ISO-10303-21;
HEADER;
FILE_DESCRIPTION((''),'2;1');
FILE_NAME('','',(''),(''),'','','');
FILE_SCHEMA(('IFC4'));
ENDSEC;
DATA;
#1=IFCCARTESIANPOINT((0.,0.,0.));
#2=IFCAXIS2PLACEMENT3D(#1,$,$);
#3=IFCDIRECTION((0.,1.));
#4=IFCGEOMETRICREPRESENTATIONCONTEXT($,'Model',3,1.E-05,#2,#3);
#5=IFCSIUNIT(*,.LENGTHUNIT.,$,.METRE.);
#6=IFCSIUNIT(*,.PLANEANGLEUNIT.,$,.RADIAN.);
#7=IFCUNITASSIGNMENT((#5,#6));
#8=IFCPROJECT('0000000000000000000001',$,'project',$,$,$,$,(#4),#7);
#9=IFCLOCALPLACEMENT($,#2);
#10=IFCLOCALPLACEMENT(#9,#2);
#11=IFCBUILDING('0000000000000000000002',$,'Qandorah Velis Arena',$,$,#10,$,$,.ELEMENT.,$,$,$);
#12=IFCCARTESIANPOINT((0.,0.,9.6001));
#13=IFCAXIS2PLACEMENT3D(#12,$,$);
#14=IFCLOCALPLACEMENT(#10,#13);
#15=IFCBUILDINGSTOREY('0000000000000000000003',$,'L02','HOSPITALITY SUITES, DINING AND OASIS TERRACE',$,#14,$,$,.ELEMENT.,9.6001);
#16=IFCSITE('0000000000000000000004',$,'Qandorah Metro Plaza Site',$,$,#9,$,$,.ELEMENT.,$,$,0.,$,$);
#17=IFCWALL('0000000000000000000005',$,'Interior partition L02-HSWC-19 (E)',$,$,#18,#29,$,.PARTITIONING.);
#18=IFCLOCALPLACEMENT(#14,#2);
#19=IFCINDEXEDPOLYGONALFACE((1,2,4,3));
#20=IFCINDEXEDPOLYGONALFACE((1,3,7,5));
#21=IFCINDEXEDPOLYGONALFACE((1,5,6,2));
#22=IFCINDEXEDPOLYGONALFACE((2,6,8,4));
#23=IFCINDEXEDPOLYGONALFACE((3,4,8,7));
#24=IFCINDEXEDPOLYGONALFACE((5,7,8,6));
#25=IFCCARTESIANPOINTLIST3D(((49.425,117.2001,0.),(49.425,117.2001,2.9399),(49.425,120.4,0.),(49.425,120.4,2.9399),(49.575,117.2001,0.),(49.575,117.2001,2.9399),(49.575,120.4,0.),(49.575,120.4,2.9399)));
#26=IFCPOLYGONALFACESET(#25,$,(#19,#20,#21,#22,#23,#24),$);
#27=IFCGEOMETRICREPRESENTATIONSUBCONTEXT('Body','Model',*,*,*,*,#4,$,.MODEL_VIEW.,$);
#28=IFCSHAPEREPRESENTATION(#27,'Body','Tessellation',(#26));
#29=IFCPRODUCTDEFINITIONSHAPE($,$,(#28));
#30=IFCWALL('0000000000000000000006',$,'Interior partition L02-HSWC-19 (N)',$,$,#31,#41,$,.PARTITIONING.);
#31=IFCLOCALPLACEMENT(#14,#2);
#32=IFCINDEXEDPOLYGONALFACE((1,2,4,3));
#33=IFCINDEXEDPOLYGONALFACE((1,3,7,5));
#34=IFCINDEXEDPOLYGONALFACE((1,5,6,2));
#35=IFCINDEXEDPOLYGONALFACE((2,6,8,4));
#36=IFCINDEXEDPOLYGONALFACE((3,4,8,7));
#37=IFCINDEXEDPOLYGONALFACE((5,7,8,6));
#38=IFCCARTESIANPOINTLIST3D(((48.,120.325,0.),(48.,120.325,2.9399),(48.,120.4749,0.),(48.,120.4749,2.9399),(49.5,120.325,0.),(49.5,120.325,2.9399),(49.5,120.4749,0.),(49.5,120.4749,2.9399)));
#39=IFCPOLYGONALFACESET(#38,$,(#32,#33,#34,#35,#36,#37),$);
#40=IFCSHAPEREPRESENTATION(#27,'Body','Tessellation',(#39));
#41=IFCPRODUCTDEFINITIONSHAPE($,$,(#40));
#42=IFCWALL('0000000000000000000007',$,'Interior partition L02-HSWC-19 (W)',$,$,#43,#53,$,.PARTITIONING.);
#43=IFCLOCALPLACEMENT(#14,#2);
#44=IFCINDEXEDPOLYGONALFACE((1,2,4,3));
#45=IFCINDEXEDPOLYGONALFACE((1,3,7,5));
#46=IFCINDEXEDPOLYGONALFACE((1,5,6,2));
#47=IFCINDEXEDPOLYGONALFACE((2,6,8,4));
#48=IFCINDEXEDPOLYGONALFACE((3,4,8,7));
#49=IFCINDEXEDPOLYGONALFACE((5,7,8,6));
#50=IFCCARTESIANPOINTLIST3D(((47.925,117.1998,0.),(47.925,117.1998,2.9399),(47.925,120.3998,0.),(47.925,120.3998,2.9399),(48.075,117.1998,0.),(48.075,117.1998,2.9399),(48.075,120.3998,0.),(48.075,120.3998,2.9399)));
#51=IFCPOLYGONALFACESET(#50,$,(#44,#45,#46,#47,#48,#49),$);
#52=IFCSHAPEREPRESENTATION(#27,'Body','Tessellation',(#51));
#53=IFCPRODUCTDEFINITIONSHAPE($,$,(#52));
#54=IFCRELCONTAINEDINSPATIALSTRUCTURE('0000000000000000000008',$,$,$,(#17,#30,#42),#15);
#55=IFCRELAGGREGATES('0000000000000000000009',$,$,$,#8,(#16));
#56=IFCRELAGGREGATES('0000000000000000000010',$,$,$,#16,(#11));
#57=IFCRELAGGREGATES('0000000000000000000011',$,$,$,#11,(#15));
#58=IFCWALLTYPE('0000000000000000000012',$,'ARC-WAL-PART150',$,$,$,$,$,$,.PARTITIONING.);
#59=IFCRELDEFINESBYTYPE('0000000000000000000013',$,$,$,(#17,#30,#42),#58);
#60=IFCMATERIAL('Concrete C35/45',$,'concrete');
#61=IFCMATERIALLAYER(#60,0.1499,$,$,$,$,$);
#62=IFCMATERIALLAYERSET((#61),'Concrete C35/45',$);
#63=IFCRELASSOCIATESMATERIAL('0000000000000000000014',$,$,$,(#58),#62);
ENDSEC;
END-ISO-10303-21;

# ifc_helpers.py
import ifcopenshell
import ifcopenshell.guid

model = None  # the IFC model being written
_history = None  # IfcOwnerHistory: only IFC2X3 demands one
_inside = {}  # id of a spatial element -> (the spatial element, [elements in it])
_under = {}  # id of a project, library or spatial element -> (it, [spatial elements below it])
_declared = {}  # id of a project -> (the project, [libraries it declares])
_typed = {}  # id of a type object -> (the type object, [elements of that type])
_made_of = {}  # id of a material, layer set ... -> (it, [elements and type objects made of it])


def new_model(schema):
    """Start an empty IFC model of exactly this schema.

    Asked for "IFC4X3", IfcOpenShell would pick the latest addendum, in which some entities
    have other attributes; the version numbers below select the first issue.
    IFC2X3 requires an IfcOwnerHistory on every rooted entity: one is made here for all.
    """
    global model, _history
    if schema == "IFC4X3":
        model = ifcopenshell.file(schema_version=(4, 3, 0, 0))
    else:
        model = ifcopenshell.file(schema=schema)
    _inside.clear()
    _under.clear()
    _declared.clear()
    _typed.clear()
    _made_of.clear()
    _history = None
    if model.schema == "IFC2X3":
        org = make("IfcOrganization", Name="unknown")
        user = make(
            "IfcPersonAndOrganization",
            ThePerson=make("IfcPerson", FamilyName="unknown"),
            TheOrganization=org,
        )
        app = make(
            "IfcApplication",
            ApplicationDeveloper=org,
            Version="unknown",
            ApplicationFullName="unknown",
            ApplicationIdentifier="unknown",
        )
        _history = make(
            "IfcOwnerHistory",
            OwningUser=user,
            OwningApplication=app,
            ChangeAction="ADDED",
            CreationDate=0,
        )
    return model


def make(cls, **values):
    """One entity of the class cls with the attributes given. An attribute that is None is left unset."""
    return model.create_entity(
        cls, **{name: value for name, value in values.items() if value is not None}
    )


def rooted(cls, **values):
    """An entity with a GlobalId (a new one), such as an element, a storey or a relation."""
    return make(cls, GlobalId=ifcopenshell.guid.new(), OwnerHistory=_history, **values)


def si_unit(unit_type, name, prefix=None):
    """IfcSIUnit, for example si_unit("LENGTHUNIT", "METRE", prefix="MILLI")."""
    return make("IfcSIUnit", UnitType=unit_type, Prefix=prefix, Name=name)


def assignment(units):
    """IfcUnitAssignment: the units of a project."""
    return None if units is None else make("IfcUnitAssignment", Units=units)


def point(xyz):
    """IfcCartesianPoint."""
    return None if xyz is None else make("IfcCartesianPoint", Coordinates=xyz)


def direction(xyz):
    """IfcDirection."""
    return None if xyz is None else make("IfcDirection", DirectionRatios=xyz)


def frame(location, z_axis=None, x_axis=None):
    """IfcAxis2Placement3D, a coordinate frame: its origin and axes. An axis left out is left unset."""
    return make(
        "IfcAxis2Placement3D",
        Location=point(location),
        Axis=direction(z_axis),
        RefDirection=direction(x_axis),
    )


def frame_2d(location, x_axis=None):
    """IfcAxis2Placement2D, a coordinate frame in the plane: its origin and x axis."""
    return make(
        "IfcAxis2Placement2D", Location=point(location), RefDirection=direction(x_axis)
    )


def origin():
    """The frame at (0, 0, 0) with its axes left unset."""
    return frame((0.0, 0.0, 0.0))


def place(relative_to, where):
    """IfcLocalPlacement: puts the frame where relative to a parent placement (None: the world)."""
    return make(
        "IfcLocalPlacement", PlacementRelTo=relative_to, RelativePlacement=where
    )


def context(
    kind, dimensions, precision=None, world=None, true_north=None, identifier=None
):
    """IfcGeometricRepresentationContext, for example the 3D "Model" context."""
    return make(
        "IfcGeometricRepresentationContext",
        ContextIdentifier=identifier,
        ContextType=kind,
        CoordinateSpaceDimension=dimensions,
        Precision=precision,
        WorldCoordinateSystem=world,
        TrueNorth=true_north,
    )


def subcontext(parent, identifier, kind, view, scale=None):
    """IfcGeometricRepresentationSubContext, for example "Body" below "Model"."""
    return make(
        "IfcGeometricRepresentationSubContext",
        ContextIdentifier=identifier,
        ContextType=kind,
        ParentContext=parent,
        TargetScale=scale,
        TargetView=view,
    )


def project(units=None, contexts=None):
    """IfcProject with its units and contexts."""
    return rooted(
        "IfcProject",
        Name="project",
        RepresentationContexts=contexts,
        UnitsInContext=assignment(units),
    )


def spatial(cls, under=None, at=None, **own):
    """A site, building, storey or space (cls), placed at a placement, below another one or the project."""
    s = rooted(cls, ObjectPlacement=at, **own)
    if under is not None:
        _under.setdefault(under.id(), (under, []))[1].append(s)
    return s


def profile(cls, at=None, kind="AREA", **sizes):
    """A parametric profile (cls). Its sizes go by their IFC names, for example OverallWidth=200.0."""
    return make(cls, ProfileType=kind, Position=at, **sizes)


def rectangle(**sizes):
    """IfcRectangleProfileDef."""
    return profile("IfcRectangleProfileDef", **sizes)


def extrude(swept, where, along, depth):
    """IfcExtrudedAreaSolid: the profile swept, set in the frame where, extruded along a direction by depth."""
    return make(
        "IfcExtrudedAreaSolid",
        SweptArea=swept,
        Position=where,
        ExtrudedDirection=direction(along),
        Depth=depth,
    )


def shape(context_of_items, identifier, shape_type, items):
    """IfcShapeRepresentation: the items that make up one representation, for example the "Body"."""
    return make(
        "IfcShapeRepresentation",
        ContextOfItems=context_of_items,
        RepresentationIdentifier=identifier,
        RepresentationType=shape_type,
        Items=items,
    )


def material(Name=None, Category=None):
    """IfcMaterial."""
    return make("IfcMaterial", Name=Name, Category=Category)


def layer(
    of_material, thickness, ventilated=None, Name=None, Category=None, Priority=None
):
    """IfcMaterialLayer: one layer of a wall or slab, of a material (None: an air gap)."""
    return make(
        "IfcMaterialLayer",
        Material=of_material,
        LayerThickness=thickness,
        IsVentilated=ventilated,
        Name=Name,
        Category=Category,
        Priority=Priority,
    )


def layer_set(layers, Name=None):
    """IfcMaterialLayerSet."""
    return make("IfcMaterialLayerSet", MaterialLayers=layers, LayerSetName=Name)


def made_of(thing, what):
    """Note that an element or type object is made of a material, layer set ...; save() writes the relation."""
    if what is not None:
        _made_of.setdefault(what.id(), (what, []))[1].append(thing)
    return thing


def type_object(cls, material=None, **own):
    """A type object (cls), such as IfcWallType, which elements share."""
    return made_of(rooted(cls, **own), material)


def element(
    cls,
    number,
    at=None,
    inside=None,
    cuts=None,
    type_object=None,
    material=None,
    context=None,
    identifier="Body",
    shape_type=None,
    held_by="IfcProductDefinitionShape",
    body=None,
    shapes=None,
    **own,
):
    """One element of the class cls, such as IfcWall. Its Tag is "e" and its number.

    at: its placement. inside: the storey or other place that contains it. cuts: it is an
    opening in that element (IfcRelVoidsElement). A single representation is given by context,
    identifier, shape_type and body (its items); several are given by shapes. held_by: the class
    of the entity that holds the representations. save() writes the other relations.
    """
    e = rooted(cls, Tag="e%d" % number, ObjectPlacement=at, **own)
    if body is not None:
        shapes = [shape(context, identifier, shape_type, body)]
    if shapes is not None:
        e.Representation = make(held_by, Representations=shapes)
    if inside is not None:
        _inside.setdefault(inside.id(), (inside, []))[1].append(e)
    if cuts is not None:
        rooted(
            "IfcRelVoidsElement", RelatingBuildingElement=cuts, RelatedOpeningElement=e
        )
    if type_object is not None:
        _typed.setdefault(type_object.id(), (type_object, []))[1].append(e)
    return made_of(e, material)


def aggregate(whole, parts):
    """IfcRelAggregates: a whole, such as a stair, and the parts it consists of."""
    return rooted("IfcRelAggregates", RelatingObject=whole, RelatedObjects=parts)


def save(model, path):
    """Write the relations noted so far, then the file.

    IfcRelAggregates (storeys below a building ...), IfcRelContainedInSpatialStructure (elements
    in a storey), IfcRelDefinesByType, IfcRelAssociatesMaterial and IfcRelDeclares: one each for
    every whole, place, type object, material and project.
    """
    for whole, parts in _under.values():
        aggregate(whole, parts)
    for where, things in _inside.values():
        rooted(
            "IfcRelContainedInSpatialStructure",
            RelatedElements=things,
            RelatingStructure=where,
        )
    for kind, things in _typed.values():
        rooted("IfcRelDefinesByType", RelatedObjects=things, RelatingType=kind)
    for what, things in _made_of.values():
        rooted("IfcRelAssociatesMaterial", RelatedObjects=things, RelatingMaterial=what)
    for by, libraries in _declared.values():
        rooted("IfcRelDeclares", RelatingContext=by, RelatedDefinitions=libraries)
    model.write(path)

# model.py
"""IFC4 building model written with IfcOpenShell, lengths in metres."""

from ifc_helpers import new_model, si_unit, direction, frame, frame_2d, origin, place, context, subcontext, project, spatial, rectangle, extrude, material, layer, layer_set, type_object, element, save


model = new_model("IFC4")

# Units and contexts
model_context = context("Model", 3, precision=1e-05, world=origin(), true_north=direction((0.0, 1.0)))
body_context = subcontext(model_context, "Body", "Model", "MODEL_VIEW")
ifc_project = project(units=[si_unit("LENGTHUNIT", "METRE"), si_unit("PLANEANGLEUNIT", "RADIAN")], contexts=[model_context])

# Site, building, storey
site_placement = place(None, origin())
site = spatial("IfcSite", under=ifc_project, at=site_placement, Name="Qandorah Metro Plaza Site", CompositionType="ELEMENT", RefElevation=0.0)
building_placement = place(site_placement, origin())
building = spatial("IfcBuilding", under=site, at=building_placement, Name="Qandorah Velis Arena", CompositionType="ELEMENT")
storey_placement = place(building_placement, frame((0.0, 0.0, 9.6001)))
storey = spatial("IfcBuildingStorey", under=building, at=storey_placement, Name="L02", Description="HOSPITALITY SUITES, DINING AND OASIS TERRACE", CompositionType="ELEMENT", Elevation=9.6001)

# Shared definitions
ifc_material_1 = material(Name="Concrete C35/45", Category="concrete")

# Shared definitions
ifc_layer_1 = layer(ifc_material_1, 0.1499)
ifc_layer_set_1 = layer_set([ifc_layer_1], Name="Concrete C35/45")
wall_type_1 = type_object("IfcWallType", Name="ARC-WAL-PART150", PredefinedType="PARTITIONING", material=ifc_layer_set_1)

# Walls
wall_1_placement = place(storey_placement, frame((49.5, 117.2, 0.0), z_axis=(0.0, 0.0, 1.0), x_axis=(0.0, 1.0, 0.0)))
element("IfcWall", 1, at=wall_1_placement, inside=storey, type_object=wall_type_1, Name="Interior partition L02-HSWC-19 (E)", PredefinedType="PARTITIONING", context=body_context, shape_type="SweptSolid", body=[
    extrude(rectangle(XDim=3.2, YDim=0.1499, at=frame_2d((1.6001, 0.0))), origin(), (0.0, 0.0, 1.0), 2.9399),
])
wall_2_placement = place(storey_placement, frame((49.5, 120.3999, 0.0), z_axis=(0.0, 0.0, 1.0), x_axis=(-1.0, 0.0, 0.0)))
element("IfcWall", 2, at=wall_2_placement, inside=storey, type_object=wall_type_1, Name="Interior partition L02-HSWC-19 (N)", PredefinedType="PARTITIONING", context=body_context, shape_type="SweptSolid", body=[
    extrude(rectangle(XDim=1.5, YDim=0.1499, at=frame_2d((0.75, 0.0))), origin(), (0.0, 0.0, 1.0), 2.9399),
])
wall_3_placement = place(storey_placement, frame((48.0, 120.3999, 0.0), z_axis=(0.0, 0.0, 1.0), x_axis=(0.0, -1.0, 0.0)))
element("IfcWall", 3, at=wall_3_placement, inside=storey, type_object=wall_type_1, Name="Interior partition L02-HSWC-19 (W)", PredefinedType="PARTITIONING", context=body_context, shape_type="SweptSolid", body=[
    extrude(rectangle(XDim=3.2, YDim=0.1499, at=frame_2d((1.6001, 0.0))), origin(), (0.0, 0.0, 1.0), 2.9399),
])

save(model, "model.ifc")
